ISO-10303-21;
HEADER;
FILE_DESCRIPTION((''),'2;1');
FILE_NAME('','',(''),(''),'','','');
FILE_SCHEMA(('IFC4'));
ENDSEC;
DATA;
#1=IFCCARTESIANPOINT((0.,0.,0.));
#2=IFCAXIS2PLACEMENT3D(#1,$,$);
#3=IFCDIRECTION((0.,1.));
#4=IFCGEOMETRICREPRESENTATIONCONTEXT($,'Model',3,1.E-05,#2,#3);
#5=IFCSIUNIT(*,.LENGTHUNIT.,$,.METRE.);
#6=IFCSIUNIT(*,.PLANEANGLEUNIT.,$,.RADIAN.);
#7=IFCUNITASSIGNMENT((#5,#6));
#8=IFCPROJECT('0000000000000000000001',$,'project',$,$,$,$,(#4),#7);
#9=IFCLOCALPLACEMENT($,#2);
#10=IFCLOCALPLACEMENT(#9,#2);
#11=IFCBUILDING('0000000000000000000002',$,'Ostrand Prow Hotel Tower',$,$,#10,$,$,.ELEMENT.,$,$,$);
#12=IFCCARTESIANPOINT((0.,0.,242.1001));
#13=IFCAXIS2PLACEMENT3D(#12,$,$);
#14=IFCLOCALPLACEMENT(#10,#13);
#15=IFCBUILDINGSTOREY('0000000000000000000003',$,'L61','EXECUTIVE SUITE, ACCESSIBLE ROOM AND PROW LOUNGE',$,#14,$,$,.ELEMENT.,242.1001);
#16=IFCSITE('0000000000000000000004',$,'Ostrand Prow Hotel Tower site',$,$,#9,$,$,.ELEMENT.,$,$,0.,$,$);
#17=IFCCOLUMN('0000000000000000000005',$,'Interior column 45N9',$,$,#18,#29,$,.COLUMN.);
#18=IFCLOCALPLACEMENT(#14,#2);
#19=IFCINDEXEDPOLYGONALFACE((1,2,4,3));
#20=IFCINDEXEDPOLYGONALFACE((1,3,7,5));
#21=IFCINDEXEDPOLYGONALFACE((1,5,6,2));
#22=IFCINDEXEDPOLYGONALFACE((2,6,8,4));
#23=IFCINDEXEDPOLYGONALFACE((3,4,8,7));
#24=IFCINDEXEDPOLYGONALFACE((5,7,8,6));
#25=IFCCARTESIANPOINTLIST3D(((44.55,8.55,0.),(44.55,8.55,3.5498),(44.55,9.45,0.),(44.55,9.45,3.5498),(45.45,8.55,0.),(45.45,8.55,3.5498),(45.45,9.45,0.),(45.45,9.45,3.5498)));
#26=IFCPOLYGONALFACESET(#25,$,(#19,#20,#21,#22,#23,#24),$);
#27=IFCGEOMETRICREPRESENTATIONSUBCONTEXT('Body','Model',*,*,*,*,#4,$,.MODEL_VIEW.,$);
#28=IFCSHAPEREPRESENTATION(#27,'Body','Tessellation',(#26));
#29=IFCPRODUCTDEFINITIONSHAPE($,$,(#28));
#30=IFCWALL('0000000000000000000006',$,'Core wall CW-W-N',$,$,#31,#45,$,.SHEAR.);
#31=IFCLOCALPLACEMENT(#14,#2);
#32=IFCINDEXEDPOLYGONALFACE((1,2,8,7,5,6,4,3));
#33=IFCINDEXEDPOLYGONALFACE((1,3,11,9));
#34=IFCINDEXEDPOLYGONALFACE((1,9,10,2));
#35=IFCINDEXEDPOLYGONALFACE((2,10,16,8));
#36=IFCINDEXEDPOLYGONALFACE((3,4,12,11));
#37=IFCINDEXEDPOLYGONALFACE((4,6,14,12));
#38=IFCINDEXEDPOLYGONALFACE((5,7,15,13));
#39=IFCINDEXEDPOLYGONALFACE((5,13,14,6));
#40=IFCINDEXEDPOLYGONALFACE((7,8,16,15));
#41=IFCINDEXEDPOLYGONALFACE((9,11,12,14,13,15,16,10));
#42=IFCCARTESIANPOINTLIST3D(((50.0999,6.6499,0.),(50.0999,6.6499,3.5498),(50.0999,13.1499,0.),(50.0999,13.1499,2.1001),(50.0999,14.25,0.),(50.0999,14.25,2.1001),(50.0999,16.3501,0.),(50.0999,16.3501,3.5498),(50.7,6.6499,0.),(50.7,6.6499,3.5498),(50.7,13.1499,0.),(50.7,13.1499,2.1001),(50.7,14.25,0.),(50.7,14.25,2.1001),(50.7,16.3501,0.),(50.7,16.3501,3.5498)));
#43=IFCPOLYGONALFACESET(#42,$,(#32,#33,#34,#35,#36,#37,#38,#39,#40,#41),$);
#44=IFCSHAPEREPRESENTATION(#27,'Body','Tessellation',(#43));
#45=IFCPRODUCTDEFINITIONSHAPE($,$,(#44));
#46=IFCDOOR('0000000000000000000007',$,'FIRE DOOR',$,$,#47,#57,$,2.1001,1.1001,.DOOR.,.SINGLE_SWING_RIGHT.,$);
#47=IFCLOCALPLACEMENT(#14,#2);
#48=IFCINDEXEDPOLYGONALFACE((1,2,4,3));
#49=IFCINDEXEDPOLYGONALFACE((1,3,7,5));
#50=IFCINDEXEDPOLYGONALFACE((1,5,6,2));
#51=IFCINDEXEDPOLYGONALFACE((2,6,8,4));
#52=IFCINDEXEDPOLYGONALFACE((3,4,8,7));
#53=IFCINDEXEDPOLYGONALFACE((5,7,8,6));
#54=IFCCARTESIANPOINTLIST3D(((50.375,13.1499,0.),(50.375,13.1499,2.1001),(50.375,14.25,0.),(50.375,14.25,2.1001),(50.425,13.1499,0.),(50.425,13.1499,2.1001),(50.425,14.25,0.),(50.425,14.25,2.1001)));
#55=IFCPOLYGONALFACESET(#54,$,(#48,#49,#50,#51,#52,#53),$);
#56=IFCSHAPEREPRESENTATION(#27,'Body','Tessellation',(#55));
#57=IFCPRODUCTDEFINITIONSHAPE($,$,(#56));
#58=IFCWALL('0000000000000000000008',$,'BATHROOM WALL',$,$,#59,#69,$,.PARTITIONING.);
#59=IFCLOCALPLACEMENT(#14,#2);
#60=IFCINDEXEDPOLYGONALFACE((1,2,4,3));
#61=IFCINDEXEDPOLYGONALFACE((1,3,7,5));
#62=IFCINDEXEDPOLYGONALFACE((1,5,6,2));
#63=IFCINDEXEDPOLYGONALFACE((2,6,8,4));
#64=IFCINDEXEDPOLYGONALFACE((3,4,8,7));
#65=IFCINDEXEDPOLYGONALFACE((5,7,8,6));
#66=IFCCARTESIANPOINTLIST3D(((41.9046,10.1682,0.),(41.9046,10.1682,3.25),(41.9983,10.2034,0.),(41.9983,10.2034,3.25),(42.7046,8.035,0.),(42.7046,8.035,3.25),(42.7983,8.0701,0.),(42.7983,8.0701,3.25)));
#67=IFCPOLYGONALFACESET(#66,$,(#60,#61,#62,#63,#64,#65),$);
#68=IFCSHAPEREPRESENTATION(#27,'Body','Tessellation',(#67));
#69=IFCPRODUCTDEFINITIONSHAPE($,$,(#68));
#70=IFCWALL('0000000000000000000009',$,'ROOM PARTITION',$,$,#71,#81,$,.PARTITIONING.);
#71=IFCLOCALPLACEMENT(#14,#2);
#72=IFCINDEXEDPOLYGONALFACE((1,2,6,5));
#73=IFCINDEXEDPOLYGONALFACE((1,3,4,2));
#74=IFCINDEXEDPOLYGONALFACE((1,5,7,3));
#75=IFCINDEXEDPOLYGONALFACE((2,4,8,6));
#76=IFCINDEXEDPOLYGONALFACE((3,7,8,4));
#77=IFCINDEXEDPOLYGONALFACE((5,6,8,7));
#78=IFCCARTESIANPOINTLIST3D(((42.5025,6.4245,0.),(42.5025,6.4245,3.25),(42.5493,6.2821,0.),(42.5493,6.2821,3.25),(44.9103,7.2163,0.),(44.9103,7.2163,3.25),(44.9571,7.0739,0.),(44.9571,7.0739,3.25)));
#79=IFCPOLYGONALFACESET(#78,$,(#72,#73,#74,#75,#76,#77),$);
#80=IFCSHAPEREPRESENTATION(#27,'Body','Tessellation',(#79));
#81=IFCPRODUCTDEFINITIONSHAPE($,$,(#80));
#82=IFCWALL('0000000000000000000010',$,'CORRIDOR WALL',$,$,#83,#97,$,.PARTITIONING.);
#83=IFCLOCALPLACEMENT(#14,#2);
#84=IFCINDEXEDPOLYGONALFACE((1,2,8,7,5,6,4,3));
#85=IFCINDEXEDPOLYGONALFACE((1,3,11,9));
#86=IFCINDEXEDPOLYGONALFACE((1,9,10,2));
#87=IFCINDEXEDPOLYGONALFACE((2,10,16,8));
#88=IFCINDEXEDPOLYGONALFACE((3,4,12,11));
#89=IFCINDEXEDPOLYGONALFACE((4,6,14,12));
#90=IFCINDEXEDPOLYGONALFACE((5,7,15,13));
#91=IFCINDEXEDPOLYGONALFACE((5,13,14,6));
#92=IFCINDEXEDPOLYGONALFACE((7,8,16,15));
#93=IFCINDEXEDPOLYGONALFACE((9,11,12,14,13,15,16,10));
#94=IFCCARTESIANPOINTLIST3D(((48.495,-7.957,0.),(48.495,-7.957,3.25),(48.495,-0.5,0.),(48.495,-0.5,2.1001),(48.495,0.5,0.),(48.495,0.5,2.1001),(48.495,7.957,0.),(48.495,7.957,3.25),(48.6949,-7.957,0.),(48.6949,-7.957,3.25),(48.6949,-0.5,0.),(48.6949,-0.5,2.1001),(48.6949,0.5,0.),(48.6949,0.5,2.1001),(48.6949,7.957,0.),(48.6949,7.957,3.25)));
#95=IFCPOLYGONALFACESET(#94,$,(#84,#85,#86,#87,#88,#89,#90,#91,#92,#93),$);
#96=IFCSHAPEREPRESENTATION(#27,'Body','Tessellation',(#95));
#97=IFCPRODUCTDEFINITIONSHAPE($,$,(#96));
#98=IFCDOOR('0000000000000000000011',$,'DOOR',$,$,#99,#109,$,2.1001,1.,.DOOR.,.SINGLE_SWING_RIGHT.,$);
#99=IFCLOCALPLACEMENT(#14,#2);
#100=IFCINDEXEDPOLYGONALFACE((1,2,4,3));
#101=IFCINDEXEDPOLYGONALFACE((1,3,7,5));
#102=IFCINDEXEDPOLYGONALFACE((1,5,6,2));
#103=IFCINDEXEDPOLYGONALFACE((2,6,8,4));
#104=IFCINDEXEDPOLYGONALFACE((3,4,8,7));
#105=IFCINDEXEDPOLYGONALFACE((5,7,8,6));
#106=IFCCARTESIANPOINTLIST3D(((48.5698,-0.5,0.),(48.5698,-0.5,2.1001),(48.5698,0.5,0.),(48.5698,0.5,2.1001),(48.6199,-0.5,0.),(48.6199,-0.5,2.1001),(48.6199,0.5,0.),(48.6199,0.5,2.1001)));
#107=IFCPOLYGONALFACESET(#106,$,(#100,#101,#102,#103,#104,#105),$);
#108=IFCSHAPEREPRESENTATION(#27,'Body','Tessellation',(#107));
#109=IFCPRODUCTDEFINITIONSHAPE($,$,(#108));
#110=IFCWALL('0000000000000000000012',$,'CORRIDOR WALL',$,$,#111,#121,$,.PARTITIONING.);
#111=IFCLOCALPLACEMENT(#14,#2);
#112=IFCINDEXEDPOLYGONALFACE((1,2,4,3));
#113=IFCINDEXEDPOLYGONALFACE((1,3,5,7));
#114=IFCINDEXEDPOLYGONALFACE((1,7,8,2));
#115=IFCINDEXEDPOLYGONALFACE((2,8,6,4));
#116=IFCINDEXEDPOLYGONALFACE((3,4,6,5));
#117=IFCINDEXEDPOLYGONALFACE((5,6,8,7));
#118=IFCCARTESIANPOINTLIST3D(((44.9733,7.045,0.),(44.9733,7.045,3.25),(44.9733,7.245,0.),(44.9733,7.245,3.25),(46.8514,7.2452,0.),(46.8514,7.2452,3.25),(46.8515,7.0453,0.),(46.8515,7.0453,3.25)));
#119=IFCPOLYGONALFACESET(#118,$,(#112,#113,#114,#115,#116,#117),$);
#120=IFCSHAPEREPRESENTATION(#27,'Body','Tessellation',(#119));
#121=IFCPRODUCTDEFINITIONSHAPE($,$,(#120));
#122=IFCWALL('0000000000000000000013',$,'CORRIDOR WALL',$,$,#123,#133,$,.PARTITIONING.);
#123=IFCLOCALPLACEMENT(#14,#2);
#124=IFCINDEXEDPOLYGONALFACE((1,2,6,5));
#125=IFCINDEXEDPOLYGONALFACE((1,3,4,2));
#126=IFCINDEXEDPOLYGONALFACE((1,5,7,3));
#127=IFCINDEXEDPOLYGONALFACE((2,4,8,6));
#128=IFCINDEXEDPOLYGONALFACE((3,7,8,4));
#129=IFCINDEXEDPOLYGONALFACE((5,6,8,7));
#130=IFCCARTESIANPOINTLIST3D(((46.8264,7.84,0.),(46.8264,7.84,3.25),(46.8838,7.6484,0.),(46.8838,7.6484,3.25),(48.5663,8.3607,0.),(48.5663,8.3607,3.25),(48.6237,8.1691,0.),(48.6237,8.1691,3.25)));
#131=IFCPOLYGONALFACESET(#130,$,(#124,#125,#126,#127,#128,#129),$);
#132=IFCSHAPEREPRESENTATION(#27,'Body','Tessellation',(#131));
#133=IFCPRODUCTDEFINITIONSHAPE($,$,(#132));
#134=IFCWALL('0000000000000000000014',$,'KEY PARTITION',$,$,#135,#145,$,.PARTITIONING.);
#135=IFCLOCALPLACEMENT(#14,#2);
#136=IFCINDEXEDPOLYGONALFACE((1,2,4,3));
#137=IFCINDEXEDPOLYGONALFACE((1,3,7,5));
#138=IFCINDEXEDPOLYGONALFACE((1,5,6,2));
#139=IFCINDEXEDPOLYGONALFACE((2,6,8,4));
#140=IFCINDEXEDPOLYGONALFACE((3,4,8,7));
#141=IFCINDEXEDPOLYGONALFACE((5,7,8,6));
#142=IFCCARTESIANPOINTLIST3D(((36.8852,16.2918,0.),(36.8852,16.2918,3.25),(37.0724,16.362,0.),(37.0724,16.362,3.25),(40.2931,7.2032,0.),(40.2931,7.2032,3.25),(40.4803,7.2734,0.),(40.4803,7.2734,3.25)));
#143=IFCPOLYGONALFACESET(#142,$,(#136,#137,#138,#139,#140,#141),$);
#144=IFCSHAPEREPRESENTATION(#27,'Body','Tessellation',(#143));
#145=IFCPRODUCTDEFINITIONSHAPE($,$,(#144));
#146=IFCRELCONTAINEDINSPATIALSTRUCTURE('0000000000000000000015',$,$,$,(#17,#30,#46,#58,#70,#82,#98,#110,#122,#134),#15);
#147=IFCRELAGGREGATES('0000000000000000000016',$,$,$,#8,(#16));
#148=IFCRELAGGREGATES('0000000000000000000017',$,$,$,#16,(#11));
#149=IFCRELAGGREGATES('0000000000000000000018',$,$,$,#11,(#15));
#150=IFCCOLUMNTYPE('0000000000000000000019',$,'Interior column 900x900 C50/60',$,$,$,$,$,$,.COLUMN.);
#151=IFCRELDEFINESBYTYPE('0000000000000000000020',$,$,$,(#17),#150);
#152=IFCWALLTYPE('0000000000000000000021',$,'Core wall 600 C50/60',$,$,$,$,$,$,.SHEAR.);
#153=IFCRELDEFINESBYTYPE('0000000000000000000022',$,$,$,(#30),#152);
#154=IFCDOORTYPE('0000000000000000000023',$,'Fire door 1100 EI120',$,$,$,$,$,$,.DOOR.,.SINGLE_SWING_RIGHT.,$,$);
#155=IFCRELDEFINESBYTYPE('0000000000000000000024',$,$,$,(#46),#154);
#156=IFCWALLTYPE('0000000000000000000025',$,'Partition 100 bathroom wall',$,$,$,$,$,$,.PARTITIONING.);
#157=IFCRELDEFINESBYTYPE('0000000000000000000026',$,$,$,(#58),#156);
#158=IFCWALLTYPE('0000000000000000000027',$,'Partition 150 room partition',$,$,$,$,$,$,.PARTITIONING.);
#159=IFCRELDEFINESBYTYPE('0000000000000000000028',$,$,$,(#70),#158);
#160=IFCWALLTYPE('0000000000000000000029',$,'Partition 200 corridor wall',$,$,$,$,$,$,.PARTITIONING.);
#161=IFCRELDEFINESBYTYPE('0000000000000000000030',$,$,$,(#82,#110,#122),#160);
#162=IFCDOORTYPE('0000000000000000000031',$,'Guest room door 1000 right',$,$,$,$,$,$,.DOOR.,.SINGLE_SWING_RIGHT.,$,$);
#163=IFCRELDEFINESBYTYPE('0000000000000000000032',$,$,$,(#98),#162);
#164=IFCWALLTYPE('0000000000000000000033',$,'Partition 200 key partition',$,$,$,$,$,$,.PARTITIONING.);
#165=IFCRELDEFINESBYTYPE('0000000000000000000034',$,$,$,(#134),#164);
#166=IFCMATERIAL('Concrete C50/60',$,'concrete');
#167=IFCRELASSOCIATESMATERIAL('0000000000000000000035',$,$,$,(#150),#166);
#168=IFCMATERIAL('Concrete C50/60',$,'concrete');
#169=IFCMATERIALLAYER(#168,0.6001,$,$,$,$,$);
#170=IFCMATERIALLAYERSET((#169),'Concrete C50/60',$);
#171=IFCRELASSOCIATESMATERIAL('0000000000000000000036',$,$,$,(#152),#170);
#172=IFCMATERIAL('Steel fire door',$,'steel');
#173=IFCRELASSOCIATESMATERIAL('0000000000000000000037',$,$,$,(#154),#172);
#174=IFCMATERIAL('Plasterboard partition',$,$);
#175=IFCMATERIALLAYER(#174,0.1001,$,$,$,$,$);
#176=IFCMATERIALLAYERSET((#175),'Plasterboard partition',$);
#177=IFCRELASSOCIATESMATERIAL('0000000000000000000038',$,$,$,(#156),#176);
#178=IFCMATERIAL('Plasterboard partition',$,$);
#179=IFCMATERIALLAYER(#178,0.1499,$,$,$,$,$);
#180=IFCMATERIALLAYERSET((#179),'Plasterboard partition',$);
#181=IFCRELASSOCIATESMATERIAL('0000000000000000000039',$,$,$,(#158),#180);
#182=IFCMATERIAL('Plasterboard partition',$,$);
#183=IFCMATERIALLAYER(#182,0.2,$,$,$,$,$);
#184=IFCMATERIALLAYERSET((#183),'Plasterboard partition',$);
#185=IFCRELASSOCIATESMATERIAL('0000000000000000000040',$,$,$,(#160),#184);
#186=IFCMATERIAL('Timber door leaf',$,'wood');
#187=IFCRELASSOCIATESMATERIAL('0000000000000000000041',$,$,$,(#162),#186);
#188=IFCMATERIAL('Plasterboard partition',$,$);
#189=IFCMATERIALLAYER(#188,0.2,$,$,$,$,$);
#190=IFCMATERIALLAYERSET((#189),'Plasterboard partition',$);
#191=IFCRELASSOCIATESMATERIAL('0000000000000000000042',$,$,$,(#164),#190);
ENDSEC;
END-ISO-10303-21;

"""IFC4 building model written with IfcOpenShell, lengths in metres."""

from ifc_helpers import new_model, si_unit, direction, frame, frame_2d, origin, origin_2d, place, context, subcontext, project, spatial, rectangle, extrude, material, layer, layer_set, material_profile, profile_set, type_object, element, fill, save


model = new_model("IFC4")

# Units and contexts
model_context = context("Model", 3, precision=1e-05, world=origin(), true_north=direction((0.0, 1.0)))
body_context = subcontext(model_context, "Body", "Model", "MODEL_VIEW")
ifc_project = project(units=[si_unit("LENGTHUNIT", "METRE"), si_unit("PLANEANGLEUNIT", "RADIAN")], contexts=[model_context])

# Site, building, storey
site_placement = place(None, origin())
site = spatial("IfcSite", under=ifc_project, at=site_placement, Name="Ostrand Prow Hotel Tower site", CompositionType="ELEMENT", RefElevation=0.0)
building_placement = place(site_placement, origin())
building = spatial("IfcBuilding", under=site, at=building_placement, Name="Ostrand Prow Hotel Tower", CompositionType="ELEMENT")
storey_placement = place(building_placement, frame((0.0, 0.0, 242.1001)))
storey = spatial("IfcBuildingStorey", under=building, at=storey_placement, Name="L61", Description="EXECUTIVE SUITE, ACCESSIBLE ROOM AND PROW LOUNGE", CompositionType="ELEMENT", Elevation=242.1001)

# Column
ifc_material_1 = material(Name="Concrete C50/60", Category="concrete")
ifc_material_profile = material_profile(ifc_material_1, rectangle(XDim=0.8999, YDim=0.8999, at=origin_2d()), Name="RC 900x900")
ifc_profile_set = profile_set([ifc_material_profile], Name="Concrete C50/60")
column_type = type_object("IfcColumnType", Name="Interior column 900x900 C50/60", PredefinedType="COLUMN", material=ifc_profile_set)
column_placement = place(storey_placement, frame((45.0, 9.0, 0.0), z_axis=(0.0, 0.0, 1.0), x_axis=(1.0, 0.0, 0.0)))
element("IfcColumn", 1, at=column_placement, inside=storey, type_object=column_type, Name="Interior column 45N9", PredefinedType="COLUMN", context=body_context, shape_type="SweptSolid", body=[
    extrude(rectangle(XDim=0.8999, YDim=0.8999, at=origin_2d()), origin(), (0.0, 0.0, 1.0), 3.5498),
])

# Wall, opening, door
ifc_material_2 = material(Name="Concrete C50/60", Category="concrete")
ifc_layer_1 = layer(ifc_material_2, 0.6001)
ifc_layer_set_1 = layer_set([ifc_layer_1], Name="Concrete C50/60")
wall_type_1 = type_object("IfcWallType", Name="Core wall 600 C50/60", PredefinedType="SHEAR", material=ifc_layer_set_1)
wall_1_placement = place(storey_placement, frame((50.3999, 6.6499, 0.0), z_axis=(0.0, 0.0, 1.0), x_axis=(0.0, 1.0, 0.0)))
wall_1 = element("IfcWall", 2, at=wall_1_placement, inside=storey, type_object=wall_type_1, Name="Core wall CW-W-N", PredefinedType="SHEAR", context=body_context, shape_type="SweptSolid", body=[
    extrude(rectangle(XDim=9.7002, YDim=0.6001, at=frame_2d((4.8501, 0.0))), origin(), (0.0, 0.0, 1.0), 3.5498),
])
opening_1_placement = place(wall_1_placement, frame((6.5, 0.0, 0.0)))
opening_1 = element("IfcOpeningElement", 3, at=opening_1_placement, cuts=wall_1, PredefinedType="OPENING", context=body_context, shape_type="SweptSolid", body=[
    extrude(rectangle(XDim=1.1001, YDim=2.1001, at=frame_2d((0.55, 1.05))), frame((0.0, 0.3101, 0.0), z_axis=(0.0, -1.0, 0.0), x_axis=(1.0, 0.0, 0.0)), (0.0, 0.0, 1.0), 0.6201),
])
ifc_material_3 = material(Name="Steel fire door", Category="steel")
door_type_1 = type_object("IfcDoorType", Name="Fire door 1100 EI120", OperationType="SINGLE_SWING_RIGHT", PredefinedType="DOOR", material=ifc_material_3)
door_1_placement = place(opening_1_placement, origin())
door_1 = element("IfcDoor", 4, at=door_1_placement, inside=storey, type_object=door_type_1, Name="FIRE DOOR", OperationType="SINGLE_SWING_RIGHT", OverallHeight=2.1001, OverallWidth=1.1001, PredefinedType="DOOR", context=body_context, shape_type="SweptSolid", body=[
    extrude(rectangle(XDim=1.1001, YDim=2.1001, at=frame_2d((0.55, 1.05))), frame((0.0, 0.0249, 0.0), z_axis=(0.0, -1.0, 0.0), x_axis=(1.0, 0.0, 0.0)), (0.0, 0.0, 1.0), 0.05),
])
fill(opening_1, door_1)

# Walls
ifc_material_4 = material(Name="Plasterboard partition")
ifc_layer_2 = layer(ifc_material_4, 0.1001)
ifc_layer_set_2 = layer_set([ifc_layer_2], Name="Plasterboard partition")
wall_type_2 = type_object("IfcWallType", Name="Partition 100 bathroom wall", PredefinedType="PARTITIONING", material=ifc_layer_set_2)
wall_2_placement = place(storey_placement, frame((41.9514, 10.1858, 0.0), z_axis=(0.0, 0.0, 1.0), x_axis=(0.351147, -0.93632, 0.0)))
element("IfcWall", 5, at=wall_2_placement, inside=storey, type_object=wall_type_2, Name="BATHROOM WALL", PredefinedType="PARTITIONING", context=body_context, shape_type="SweptSolid", body=[
    extrude(rectangle(XDim=2.2783, YDim=0.1001, at=frame_2d((1.1392, 0.0))), origin(), (0.0, 0.0, 1.0), 3.25),
])
ifc_material_5 = material(Name="Plasterboard partition")
ifc_layer_3 = layer(ifc_material_5, 0.1499)
ifc_layer_set_3 = layer_set([ifc_layer_3], Name="Plasterboard partition")
wall_type_3 = type_object("IfcWallType", Name="Partition 150 room partition", PredefinedType="PARTITIONING", material=ifc_layer_set_3)
wall_3_placement = place(storey_placement, frame((42.5259, 6.3533, 0.0), z_axis=(0.0, 0.0, 1.0), x_axis=(0.949957, 0.312382, 0.0)))
element("IfcWall", 6, at=wall_3_placement, inside=storey, type_object=wall_type_3, Name="ROOM PARTITION", PredefinedType="PARTITIONING", context=body_context, shape_type="SweptSolid", body=[
    extrude(rectangle(XDim=2.5347, YDim=0.1499, at=frame_2d((1.2673, 0.0))), origin(), (0.0, 0.0, 1.0), 3.25),
])

# Wall, opening, door
ifc_material_6 = material(Name="Plasterboard partition")
ifc_layer_4 = layer(ifc_material_6, 0.2)
ifc_layer_set_4 = layer_set([ifc_layer_4], Name="Plasterboard partition")
wall_type_4 = type_object("IfcWallType", Name="Partition 200 corridor wall", PredefinedType="PARTITIONING", material=ifc_layer_set_4)
wall_4_placement = place(storey_placement, frame((48.595, 7.957, 0.0), z_axis=(0.0, 0.0, 1.0), x_axis=(0.0, -1.0, 0.0)))
wall_4 = element("IfcWall", 7, at=wall_4_placement, inside=storey, type_object=wall_type_4, Name="CORRIDOR WALL", PredefinedType="PARTITIONING", context=body_context, shape_type="SweptSolid", body=[
    extrude(rectangle(XDim=15.9141, YDim=0.2, at=frame_2d((7.957, 0.0))), origin(), (0.0, 0.0, 1.0), 3.25),
])
opening_2_placement = place(wall_4_placement, frame((7.457, 0.0, 0.0)))
opening_2 = element("IfcOpeningElement", 8, at=opening_2_placement, cuts=wall_4, PredefinedType="OPENING", context=body_context, shape_type="SweptSolid", body=[
    extrude(rectangle(XDim=1.0, YDim=2.1001, at=frame_2d((0.5, 1.05))), frame((0.0, 0.1099, 0.0), z_axis=(0.0, -1.0, 0.0), x_axis=(1.0, 0.0, 0.0)), (0.0, 0.0, 1.0), 0.22),
])
ifc_material_7 = material(Name="Timber door leaf", Category="wood")
door_type_2 = type_object("IfcDoorType", Name="Guest room door 1000 right", OperationType="SINGLE_SWING_RIGHT", PredefinedType="DOOR", material=ifc_material_7)
door_2_placement = place(opening_2_placement, origin())
door_2 = element("IfcDoor", 9, at=door_2_placement, inside=storey, type_object=door_type_2, Name="DOOR", OperationType="SINGLE_SWING_RIGHT", OverallHeight=2.1001, OverallWidth=1.0, PredefinedType="DOOR", context=body_context, shape_type="SweptSolid", body=[
    extrude(rectangle(XDim=1.0, YDim=2.1001, at=frame_2d((0.5, 1.05))), frame((0.0, 0.0249, 0.0), z_axis=(0.0, -1.0, 0.0), x_axis=(1.0, 0.0, 0.0)), (0.0, 0.0, 1.0), 0.05),
])
fill(opening_2, door_2)

# Walls
wall_5_placement = place(storey_placement, frame((44.9734, 7.145, 0.0), z_axis=(0.0, 0.0, 1.0), x_axis=(1.0, 0.00013, 0.0)))
element("IfcWall", 10, at=wall_5_placement, inside=storey, type_object=wall_type_4, Name="CORRIDOR WALL", PredefinedType="PARTITIONING", context=body_context, shape_type="SweptSolid", body=[
    extrude(rectangle(XDim=1.8782, YDim=0.2, at=frame_2d((0.939, 0.0))), origin(), (0.0, 0.0, 1.0), 3.25),
])
wall_6_placement = place(storey_placement, frame((46.855, 7.7441, 0.0), z_axis=(0.0, 0.0, 1.0), x_axis=(0.958015, 0.286719, 0.0)))
element("IfcWall", 11, at=wall_6_placement, inside=storey, type_object=wall_type_4, Name="CORRIDOR WALL", PredefinedType="PARTITIONING", context=body_context, shape_type="SweptSolid", body=[
    extrude(rectangle(XDim=1.8162, YDim=0.2, at=frame_2d((0.9082, 0.0))), origin(), (0.0, 0.0, 1.0), 3.25),
])
ifc_material_8 = material(Name="Plasterboard partition")
ifc_layer_5 = layer(ifc_material_8, 0.2)
ifc_layer_set_5 = layer_set([ifc_layer_5], Name="Plasterboard partition")
wall_type_5 = type_object("IfcWallType", Name="Partition 200 key partition", PredefinedType="PARTITIONING", material=ifc_layer_set_5)
wall_7_placement = place(storey_placement, frame((40.3867, 7.2383, 0.0), z_axis=(0.0, 0.0, 1.0), x_axis=(-0.351099, 0.936338, 0.0)))
element("IfcWall", 12, at=wall_7_placement, inside=storey, type_object=wall_type_5, Name="KEY PARTITION", PredefinedType="PARTITIONING", context=body_context, shape_type="SweptSolid", body=[
    extrude(rectangle(XDim=9.7065, YDim=0.2, at=frame_2d((4.8533, 0.0))), origin(), (0.0, 0.0, 1.0), 3.25),
])

save(model, "model.ifc")
